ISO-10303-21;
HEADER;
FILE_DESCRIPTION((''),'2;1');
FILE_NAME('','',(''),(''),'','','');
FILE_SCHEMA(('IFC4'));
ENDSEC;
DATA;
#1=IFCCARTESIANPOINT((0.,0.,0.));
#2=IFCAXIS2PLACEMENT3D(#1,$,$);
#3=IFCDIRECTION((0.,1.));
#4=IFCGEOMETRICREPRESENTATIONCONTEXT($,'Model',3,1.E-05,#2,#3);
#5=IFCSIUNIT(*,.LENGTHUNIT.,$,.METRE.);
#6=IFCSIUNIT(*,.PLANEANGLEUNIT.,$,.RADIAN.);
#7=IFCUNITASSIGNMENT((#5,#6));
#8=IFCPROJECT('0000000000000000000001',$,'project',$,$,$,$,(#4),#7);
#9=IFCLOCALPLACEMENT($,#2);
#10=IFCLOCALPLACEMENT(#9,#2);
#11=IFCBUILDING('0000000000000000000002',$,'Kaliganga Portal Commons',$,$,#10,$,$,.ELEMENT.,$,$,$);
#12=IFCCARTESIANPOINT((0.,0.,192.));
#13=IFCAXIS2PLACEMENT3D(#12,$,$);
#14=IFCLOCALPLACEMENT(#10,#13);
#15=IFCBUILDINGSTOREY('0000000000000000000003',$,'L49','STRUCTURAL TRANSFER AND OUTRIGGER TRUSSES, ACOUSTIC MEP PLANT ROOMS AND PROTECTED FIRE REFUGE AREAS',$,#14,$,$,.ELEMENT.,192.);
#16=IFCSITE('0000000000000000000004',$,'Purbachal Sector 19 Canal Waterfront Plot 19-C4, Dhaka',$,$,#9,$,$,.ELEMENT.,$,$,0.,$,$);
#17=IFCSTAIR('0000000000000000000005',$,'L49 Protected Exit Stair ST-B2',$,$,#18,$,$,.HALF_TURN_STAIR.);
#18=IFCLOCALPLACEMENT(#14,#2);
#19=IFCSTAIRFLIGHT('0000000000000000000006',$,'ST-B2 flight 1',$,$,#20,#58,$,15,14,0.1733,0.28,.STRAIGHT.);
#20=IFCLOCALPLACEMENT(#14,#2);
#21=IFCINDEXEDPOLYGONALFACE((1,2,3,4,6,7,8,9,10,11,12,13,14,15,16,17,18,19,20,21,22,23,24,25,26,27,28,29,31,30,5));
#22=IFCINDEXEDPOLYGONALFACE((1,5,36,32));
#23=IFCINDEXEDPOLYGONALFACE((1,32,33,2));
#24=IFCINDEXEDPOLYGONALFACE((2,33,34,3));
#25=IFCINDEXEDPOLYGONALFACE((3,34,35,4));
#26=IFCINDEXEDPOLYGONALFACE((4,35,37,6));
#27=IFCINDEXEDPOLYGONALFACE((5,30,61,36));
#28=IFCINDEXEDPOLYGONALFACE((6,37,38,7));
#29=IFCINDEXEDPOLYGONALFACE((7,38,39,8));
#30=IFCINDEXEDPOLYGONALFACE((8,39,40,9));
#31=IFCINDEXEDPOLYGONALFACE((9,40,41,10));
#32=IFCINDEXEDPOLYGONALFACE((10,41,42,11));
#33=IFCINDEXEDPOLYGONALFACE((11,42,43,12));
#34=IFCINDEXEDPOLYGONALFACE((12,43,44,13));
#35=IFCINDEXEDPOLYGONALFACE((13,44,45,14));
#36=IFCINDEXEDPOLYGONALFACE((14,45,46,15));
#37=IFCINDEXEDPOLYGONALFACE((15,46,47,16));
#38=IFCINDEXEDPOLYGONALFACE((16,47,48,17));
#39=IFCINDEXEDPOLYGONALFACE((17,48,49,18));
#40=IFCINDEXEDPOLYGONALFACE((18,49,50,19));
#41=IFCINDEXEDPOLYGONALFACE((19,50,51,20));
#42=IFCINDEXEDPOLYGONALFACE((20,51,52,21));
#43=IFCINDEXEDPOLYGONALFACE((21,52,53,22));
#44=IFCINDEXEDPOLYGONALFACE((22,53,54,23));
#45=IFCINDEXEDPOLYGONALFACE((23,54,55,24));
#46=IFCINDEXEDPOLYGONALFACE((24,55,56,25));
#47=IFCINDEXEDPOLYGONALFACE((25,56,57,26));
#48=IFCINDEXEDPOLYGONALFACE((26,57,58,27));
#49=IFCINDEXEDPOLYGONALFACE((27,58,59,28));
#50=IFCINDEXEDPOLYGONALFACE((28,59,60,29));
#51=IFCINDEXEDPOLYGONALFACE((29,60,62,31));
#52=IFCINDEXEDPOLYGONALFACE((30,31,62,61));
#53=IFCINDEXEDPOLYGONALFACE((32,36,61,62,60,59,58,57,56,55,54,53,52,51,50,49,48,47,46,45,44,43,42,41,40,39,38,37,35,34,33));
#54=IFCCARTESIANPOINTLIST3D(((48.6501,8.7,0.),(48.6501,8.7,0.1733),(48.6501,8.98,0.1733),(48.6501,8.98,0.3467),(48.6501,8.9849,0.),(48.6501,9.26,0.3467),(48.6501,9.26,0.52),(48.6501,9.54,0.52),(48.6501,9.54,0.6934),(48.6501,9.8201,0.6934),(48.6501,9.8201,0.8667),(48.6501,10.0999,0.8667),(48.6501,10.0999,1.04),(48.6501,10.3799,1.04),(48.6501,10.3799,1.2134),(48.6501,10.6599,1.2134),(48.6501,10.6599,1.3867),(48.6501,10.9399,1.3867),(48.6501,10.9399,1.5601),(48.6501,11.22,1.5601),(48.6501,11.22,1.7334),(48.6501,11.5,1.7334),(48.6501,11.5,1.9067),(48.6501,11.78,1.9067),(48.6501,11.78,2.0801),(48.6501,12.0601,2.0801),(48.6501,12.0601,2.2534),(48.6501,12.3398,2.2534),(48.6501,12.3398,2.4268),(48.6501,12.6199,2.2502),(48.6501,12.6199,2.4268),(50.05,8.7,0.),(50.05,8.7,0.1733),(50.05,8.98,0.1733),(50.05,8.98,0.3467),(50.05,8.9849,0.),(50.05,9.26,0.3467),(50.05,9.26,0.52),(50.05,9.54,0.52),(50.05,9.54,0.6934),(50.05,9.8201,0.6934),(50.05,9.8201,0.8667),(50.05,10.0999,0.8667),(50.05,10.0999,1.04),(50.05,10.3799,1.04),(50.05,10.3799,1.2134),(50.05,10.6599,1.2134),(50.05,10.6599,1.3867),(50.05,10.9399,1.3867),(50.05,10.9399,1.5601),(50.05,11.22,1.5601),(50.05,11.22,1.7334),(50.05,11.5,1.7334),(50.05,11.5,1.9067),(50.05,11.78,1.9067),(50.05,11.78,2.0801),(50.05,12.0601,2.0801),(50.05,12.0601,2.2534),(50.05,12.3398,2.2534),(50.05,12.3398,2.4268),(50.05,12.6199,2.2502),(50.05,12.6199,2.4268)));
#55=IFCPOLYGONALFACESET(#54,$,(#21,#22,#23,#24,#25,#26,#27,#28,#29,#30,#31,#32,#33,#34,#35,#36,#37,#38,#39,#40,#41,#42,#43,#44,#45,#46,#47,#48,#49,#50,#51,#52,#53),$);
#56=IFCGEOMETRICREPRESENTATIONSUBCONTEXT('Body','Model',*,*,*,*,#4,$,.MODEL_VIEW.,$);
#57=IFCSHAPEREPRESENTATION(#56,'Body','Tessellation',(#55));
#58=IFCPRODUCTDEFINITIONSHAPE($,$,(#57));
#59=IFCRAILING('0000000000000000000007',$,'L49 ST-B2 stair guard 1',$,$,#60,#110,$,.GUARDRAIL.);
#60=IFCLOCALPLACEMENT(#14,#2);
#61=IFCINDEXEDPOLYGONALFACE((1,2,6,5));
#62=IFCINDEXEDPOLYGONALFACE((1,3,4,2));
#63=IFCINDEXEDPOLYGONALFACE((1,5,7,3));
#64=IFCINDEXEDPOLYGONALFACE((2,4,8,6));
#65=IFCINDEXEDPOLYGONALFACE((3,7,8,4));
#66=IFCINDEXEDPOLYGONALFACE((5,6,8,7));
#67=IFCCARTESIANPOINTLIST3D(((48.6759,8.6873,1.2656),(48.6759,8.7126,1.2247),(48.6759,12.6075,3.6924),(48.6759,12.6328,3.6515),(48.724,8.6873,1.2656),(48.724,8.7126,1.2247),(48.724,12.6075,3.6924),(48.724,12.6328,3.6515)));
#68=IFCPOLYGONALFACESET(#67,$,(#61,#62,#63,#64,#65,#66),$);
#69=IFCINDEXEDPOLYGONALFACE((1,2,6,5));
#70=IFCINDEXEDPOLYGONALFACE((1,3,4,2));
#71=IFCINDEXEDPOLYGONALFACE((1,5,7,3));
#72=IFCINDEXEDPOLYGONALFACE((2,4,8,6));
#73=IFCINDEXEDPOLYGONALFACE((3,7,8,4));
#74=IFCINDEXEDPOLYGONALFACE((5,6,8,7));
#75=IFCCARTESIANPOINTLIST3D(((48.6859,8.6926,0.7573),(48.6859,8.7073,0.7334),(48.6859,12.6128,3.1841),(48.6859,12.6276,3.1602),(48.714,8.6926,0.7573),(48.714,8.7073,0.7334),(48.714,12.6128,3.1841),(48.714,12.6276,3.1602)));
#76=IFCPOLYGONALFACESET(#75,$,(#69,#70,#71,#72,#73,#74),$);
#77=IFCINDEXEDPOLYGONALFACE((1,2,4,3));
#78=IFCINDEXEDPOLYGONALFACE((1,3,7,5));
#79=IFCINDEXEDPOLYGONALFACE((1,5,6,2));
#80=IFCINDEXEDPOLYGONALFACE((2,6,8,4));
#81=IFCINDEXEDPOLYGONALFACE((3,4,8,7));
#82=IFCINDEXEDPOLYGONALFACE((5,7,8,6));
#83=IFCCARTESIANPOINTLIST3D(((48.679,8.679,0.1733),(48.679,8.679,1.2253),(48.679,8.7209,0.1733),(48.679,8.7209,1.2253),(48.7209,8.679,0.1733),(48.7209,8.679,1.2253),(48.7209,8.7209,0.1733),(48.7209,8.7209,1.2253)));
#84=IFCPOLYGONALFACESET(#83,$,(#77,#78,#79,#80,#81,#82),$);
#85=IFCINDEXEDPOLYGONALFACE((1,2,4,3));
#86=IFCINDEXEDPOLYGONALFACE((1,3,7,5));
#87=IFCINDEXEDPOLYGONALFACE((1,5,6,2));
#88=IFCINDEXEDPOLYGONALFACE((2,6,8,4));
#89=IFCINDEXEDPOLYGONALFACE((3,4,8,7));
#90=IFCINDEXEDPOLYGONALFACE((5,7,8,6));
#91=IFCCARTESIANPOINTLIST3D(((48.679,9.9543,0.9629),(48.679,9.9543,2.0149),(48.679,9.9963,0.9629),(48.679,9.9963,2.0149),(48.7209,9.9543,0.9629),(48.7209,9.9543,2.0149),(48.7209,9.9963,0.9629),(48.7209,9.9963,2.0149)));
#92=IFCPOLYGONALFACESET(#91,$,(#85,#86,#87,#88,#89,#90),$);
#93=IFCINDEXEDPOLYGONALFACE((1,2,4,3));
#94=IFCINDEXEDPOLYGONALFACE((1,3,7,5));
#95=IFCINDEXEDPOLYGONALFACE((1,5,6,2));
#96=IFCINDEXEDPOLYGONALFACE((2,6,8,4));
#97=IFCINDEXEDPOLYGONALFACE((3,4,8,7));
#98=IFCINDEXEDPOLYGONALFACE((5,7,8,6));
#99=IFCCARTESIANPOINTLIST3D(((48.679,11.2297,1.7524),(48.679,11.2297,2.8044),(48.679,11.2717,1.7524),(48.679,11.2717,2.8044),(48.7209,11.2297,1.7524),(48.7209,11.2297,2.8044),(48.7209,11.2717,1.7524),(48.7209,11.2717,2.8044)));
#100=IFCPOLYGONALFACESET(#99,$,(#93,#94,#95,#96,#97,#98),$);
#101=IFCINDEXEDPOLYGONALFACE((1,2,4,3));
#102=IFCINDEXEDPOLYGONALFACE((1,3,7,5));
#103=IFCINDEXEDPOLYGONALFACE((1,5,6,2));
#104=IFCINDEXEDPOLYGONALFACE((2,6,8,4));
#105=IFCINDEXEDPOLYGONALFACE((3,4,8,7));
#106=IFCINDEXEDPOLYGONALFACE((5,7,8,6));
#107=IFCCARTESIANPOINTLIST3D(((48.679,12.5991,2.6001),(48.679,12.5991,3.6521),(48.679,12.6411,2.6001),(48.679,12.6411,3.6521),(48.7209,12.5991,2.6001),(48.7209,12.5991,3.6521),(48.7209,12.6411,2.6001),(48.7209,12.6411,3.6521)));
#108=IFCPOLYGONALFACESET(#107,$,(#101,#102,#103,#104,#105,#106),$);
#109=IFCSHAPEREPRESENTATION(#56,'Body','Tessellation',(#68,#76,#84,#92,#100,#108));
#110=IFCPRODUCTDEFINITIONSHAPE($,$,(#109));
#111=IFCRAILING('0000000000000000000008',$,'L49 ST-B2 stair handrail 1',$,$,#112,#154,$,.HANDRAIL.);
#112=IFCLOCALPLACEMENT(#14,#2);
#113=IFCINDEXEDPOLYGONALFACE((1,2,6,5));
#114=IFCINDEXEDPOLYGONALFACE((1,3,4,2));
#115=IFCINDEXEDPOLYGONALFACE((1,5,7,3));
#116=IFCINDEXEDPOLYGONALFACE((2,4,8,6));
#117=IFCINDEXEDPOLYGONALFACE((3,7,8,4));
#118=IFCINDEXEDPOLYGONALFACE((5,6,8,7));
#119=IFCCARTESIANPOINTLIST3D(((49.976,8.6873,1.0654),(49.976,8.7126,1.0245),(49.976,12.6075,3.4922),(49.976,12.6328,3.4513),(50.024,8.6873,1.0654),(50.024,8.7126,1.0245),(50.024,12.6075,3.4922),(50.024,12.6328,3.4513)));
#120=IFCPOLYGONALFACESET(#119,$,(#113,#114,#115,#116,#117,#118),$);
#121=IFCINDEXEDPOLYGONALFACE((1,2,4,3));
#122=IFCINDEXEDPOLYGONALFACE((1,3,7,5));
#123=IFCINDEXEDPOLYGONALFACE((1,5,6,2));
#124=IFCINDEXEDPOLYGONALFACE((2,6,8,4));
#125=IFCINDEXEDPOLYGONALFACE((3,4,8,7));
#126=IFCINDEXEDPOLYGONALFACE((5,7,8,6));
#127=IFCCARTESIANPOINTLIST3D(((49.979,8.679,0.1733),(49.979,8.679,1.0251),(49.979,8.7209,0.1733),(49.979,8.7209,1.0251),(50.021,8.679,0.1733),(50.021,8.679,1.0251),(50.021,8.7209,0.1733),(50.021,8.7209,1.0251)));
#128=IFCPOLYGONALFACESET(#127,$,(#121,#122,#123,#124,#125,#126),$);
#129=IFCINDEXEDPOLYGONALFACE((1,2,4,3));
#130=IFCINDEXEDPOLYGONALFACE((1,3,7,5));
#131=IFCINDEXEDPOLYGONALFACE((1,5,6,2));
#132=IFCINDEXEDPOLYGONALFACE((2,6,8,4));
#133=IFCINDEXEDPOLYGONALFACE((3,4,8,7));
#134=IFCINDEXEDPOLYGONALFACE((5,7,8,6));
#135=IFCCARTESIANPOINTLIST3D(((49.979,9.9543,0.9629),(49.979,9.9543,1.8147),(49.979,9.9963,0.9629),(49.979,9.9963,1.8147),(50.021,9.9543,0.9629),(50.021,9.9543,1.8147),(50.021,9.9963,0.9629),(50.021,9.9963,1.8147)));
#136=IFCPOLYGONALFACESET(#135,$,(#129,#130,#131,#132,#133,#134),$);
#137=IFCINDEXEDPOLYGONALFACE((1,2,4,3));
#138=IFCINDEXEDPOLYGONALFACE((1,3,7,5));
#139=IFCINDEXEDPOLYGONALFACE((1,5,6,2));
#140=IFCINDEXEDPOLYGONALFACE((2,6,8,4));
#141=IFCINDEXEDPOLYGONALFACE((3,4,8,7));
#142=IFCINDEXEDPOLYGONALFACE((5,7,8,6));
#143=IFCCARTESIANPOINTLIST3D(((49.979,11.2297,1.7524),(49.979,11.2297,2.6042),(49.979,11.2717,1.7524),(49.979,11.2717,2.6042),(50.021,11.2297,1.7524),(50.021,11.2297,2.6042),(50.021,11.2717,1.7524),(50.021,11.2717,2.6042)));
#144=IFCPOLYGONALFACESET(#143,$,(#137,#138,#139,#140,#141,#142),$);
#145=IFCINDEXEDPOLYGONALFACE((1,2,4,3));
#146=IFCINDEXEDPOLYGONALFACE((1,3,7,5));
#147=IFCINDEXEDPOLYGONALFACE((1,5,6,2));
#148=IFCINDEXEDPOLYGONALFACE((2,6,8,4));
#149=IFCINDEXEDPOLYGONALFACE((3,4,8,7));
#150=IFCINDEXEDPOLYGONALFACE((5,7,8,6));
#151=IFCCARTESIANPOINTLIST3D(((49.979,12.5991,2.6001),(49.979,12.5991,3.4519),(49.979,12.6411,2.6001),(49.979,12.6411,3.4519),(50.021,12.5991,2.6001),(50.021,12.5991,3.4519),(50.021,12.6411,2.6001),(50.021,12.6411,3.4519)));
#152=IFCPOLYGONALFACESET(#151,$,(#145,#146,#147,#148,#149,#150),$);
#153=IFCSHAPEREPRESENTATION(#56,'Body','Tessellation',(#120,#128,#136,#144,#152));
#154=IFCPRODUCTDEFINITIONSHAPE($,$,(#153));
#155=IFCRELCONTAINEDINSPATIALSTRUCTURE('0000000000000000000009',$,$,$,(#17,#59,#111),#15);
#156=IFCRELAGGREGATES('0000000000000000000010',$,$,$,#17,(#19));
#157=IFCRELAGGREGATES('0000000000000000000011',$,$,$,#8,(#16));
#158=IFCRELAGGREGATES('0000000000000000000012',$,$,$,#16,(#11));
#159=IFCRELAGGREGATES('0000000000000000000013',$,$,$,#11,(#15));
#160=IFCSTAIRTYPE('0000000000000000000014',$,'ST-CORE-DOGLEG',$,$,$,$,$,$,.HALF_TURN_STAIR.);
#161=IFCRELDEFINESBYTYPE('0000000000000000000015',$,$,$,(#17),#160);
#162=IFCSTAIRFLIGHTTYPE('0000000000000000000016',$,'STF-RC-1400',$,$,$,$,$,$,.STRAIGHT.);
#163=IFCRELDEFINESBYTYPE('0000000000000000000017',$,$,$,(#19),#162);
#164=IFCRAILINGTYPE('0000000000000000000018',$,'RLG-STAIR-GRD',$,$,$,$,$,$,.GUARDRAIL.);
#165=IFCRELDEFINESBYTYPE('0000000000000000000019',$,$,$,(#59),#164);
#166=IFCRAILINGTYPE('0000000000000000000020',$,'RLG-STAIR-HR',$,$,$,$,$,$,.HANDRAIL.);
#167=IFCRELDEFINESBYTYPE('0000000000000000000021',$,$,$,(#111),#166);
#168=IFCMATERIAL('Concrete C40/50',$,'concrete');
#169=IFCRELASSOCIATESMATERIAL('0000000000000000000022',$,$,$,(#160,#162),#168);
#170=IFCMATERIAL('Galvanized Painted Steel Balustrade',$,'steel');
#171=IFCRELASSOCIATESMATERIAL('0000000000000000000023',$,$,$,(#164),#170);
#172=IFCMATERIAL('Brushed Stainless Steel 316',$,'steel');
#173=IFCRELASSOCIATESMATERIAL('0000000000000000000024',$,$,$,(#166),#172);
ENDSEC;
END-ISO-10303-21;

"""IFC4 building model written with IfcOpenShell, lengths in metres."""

from ifc_helpers import new_model, si_unit, direction, frame, origin, origin_2d, place, context, subcontext, project, spatial, polyline, rectangle, outline, extrude, material, type_object, element, aggregate, save


model = new_model("IFC4")

# Units and contexts
model_context = context("Model", 3, precision=1e-05, world=origin(), true_north=direction((0.0, 1.0)))
body_context = subcontext(model_context, "Body", "Model", "MODEL_VIEW")
ifc_project = project(units=[si_unit("LENGTHUNIT", "METRE"), si_unit("PLANEANGLEUNIT", "RADIAN")], contexts=[model_context])

# Site, building, storey
site_placement = place(None, origin())
site = spatial("IfcSite", under=ifc_project, at=site_placement, Name="Purbachal Sector 19 Canal Waterfront Plot 19-C4, Dhaka", CompositionType="ELEMENT", RefElevation=0.0)
building_placement = place(site_placement, origin())
building = spatial("IfcBuilding", under=site, at=building_placement, Name="Kaliganga Portal Commons", CompositionType="ELEMENT")
storey_placement = place(building_placement, frame((0.0, 0.0, 192.0)))
storey = spatial("IfcBuildingStorey", under=building, at=storey_placement, Name="L49", Description="STRUCTURAL TRANSFER AND OUTRIGGER TRUSSES, ACOUSTIC MEP PLANT ROOMS AND PROTECTED FIRE REFUGE AREAS", CompositionType="ELEMENT", Elevation=192.0)

# Stair, stair flight
ifc_material_1 = material(Name="Concrete C40/50", Category="concrete")
stair_type = type_object("IfcStairType", Name="ST-CORE-DOGLEG", PredefinedType="HALF_TURN_STAIR", material=ifc_material_1)
stair_placement = place(storey_placement, origin())
stair = element("IfcStair", 1, at=stair_placement, inside=storey, type_object=stair_type, Name="L49 Protected Exit Stair ST-B2", PredefinedType="HALF_TURN_STAIR")
stair_flight_type = type_object("IfcStairFlightType", Name="STF-RC-1400", PredefinedType="STRAIGHT", material=ifc_material_1)
stair_flight_placement = place(storey_placement, frame((49.3501, 8.7, 0.0), z_axis=(0.0, 0.0, 1.0), x_axis=(0.0, 1.0, 0.0)))
stair_flight = element("IfcStairFlight", 2, at=stair_flight_placement, type_object=stair_flight_type, Name="ST-B2 flight 1", NumberOfRisers=15, NumberOfTreads=14, PredefinedType="STRAIGHT", RiserHeight=0.1733, TreadLength=0.28, context=body_context, shape_type="SweptSolid", body=[
    extrude(outline(polyline([(0.0, 0.0), (0.0, 0.1733), (0.28, 0.1733), (0.28, 0.3467), (0.5601, 0.3467), (0.5601, 0.52), (0.8401, 0.52), (0.8401, 0.6934), (1.1201, 0.6934), (1.1201, 0.8667), (1.3999, 0.8667), (1.3999, 1.04), (1.6799, 1.04), (1.6799, 1.2134), (1.96, 1.2134), (1.96, 1.3867), (2.24, 1.3867), (2.24, 1.5601), (2.52, 1.5601), (2.52, 1.7334), (2.8, 1.7334), (2.8, 1.9067), (3.0801, 1.9067), (3.0801, 2.0801), (3.3601, 2.0801), (3.3601, 2.2534), (3.6399, 2.2534), (3.6399, 2.4268), (3.9199, 2.4268), (3.9199, 2.6001), (3.9199, 2.2502), (0.2849, 0.0), (0.0, 0.0)])), frame((0.0, 0.7, 0.0), z_axis=(0.0, -1.0, 0.0), x_axis=(1.0, 0.0, 0.0)), (0.0, 0.0, 1.0), 1.3999),
])
aggregate(stair, [stair_flight])

# Railings
ifc_material_2 = material(Name="Galvanized Painted Steel Balustrade", Category="steel")
railing_type_1 = type_object("IfcRailingType", Name="RLG-STAIR-GRD", PredefinedType="GUARDRAIL", material=ifc_material_2)
railing_1_placement = place(storey_placement, frame((48.7, 8.7, 0.1733)))
element("IfcRailing", 3, at=railing_1_placement, inside=storey, type_object=railing_type_1, Name="L49 ST-B2 stair guard 1", PredefinedType="GUARDRAIL", context=body_context, shape_type="SweptSolid", body=[
    extrude(rectangle(XDim=0.0481, YDim=0.0481, at=origin_2d()), frame((0.0, 0.0, 1.0718), z_axis=(0.0, 0.850266, 0.526353), x_axis=(-1.0, 0.0, 0.0)), (0.0, 0.0, 1.0), 4.6106),
    extrude(rectangle(XDim=0.0281, YDim=0.0281, at=origin_2d()), frame((0.0, 0.0, 0.572), z_axis=(0.0, 0.850266, 0.526353), x_axis=(-1.0, 0.0, 0.0)), (0.0, 0.0, 1.0), 4.6106),
    extrude(rectangle(XDim=0.042, YDim=0.042, at=origin_2d()), origin(), (0.0, 0.0, 1.0), 1.052),
    extrude(rectangle(XDim=0.042, YDim=0.042, at=origin_2d()), frame((0.0, 1.2754, 0.7896)), (0.0, 0.0, 1.0), 1.052),
    extrude(rectangle(XDim=0.042, YDim=0.042, at=origin_2d()), frame((0.0, 2.5508, 1.5791)), (0.0, 0.0, 1.0), 1.052),
    extrude(rectangle(XDim=0.042, YDim=0.042, at=origin_2d()), frame((0.0, 3.9202, 2.4268)), (0.0, 0.0, 1.0), 1.052),
])
ifc_material_3 = material(Name="Brushed Stainless Steel 316", Category="steel")
railing_type_2 = type_object("IfcRailingType", Name="RLG-STAIR-HR", PredefinedType="HANDRAIL", material=ifc_material_3)
railing_2_placement = place(storey_placement, frame((50.0, 8.7, 0.1733)))
element("IfcRailing", 4, at=railing_2_placement, inside=storey, type_object=railing_type_2, Name="L49 ST-B2 stair handrail 1", PredefinedType="HANDRAIL", context=body_context, shape_type="SweptSolid", body=[
    extrude(rectangle(XDim=0.0481, YDim=0.0481, at=origin_2d()), frame((0.0, 0.0, 0.8716), z_axis=(0.0, 0.850266, 0.526353), x_axis=(-1.0, 0.0, 0.0)), (0.0, 0.0, 1.0), 4.6106),
    extrude(rectangle(XDim=0.042, YDim=0.042, at=origin_2d()), origin(), (0.0, 0.0, 1.0), 0.8518),
    extrude(rectangle(XDim=0.042, YDim=0.042, at=origin_2d()), frame((0.0, 1.2754, 0.7896)), (0.0, 0.0, 1.0), 0.8518),
    extrude(rectangle(XDim=0.042, YDim=0.042, at=origin_2d()), frame((0.0, 2.5508, 1.5791)), (0.0, 0.0, 1.0), 0.8518),
    extrude(rectangle(XDim=0.042, YDim=0.042, at=origin_2d()), frame((0.0, 3.9202, 2.4268)), (0.0, 0.0, 1.0), 0.8518),
])

save(model, "model.ifc")
